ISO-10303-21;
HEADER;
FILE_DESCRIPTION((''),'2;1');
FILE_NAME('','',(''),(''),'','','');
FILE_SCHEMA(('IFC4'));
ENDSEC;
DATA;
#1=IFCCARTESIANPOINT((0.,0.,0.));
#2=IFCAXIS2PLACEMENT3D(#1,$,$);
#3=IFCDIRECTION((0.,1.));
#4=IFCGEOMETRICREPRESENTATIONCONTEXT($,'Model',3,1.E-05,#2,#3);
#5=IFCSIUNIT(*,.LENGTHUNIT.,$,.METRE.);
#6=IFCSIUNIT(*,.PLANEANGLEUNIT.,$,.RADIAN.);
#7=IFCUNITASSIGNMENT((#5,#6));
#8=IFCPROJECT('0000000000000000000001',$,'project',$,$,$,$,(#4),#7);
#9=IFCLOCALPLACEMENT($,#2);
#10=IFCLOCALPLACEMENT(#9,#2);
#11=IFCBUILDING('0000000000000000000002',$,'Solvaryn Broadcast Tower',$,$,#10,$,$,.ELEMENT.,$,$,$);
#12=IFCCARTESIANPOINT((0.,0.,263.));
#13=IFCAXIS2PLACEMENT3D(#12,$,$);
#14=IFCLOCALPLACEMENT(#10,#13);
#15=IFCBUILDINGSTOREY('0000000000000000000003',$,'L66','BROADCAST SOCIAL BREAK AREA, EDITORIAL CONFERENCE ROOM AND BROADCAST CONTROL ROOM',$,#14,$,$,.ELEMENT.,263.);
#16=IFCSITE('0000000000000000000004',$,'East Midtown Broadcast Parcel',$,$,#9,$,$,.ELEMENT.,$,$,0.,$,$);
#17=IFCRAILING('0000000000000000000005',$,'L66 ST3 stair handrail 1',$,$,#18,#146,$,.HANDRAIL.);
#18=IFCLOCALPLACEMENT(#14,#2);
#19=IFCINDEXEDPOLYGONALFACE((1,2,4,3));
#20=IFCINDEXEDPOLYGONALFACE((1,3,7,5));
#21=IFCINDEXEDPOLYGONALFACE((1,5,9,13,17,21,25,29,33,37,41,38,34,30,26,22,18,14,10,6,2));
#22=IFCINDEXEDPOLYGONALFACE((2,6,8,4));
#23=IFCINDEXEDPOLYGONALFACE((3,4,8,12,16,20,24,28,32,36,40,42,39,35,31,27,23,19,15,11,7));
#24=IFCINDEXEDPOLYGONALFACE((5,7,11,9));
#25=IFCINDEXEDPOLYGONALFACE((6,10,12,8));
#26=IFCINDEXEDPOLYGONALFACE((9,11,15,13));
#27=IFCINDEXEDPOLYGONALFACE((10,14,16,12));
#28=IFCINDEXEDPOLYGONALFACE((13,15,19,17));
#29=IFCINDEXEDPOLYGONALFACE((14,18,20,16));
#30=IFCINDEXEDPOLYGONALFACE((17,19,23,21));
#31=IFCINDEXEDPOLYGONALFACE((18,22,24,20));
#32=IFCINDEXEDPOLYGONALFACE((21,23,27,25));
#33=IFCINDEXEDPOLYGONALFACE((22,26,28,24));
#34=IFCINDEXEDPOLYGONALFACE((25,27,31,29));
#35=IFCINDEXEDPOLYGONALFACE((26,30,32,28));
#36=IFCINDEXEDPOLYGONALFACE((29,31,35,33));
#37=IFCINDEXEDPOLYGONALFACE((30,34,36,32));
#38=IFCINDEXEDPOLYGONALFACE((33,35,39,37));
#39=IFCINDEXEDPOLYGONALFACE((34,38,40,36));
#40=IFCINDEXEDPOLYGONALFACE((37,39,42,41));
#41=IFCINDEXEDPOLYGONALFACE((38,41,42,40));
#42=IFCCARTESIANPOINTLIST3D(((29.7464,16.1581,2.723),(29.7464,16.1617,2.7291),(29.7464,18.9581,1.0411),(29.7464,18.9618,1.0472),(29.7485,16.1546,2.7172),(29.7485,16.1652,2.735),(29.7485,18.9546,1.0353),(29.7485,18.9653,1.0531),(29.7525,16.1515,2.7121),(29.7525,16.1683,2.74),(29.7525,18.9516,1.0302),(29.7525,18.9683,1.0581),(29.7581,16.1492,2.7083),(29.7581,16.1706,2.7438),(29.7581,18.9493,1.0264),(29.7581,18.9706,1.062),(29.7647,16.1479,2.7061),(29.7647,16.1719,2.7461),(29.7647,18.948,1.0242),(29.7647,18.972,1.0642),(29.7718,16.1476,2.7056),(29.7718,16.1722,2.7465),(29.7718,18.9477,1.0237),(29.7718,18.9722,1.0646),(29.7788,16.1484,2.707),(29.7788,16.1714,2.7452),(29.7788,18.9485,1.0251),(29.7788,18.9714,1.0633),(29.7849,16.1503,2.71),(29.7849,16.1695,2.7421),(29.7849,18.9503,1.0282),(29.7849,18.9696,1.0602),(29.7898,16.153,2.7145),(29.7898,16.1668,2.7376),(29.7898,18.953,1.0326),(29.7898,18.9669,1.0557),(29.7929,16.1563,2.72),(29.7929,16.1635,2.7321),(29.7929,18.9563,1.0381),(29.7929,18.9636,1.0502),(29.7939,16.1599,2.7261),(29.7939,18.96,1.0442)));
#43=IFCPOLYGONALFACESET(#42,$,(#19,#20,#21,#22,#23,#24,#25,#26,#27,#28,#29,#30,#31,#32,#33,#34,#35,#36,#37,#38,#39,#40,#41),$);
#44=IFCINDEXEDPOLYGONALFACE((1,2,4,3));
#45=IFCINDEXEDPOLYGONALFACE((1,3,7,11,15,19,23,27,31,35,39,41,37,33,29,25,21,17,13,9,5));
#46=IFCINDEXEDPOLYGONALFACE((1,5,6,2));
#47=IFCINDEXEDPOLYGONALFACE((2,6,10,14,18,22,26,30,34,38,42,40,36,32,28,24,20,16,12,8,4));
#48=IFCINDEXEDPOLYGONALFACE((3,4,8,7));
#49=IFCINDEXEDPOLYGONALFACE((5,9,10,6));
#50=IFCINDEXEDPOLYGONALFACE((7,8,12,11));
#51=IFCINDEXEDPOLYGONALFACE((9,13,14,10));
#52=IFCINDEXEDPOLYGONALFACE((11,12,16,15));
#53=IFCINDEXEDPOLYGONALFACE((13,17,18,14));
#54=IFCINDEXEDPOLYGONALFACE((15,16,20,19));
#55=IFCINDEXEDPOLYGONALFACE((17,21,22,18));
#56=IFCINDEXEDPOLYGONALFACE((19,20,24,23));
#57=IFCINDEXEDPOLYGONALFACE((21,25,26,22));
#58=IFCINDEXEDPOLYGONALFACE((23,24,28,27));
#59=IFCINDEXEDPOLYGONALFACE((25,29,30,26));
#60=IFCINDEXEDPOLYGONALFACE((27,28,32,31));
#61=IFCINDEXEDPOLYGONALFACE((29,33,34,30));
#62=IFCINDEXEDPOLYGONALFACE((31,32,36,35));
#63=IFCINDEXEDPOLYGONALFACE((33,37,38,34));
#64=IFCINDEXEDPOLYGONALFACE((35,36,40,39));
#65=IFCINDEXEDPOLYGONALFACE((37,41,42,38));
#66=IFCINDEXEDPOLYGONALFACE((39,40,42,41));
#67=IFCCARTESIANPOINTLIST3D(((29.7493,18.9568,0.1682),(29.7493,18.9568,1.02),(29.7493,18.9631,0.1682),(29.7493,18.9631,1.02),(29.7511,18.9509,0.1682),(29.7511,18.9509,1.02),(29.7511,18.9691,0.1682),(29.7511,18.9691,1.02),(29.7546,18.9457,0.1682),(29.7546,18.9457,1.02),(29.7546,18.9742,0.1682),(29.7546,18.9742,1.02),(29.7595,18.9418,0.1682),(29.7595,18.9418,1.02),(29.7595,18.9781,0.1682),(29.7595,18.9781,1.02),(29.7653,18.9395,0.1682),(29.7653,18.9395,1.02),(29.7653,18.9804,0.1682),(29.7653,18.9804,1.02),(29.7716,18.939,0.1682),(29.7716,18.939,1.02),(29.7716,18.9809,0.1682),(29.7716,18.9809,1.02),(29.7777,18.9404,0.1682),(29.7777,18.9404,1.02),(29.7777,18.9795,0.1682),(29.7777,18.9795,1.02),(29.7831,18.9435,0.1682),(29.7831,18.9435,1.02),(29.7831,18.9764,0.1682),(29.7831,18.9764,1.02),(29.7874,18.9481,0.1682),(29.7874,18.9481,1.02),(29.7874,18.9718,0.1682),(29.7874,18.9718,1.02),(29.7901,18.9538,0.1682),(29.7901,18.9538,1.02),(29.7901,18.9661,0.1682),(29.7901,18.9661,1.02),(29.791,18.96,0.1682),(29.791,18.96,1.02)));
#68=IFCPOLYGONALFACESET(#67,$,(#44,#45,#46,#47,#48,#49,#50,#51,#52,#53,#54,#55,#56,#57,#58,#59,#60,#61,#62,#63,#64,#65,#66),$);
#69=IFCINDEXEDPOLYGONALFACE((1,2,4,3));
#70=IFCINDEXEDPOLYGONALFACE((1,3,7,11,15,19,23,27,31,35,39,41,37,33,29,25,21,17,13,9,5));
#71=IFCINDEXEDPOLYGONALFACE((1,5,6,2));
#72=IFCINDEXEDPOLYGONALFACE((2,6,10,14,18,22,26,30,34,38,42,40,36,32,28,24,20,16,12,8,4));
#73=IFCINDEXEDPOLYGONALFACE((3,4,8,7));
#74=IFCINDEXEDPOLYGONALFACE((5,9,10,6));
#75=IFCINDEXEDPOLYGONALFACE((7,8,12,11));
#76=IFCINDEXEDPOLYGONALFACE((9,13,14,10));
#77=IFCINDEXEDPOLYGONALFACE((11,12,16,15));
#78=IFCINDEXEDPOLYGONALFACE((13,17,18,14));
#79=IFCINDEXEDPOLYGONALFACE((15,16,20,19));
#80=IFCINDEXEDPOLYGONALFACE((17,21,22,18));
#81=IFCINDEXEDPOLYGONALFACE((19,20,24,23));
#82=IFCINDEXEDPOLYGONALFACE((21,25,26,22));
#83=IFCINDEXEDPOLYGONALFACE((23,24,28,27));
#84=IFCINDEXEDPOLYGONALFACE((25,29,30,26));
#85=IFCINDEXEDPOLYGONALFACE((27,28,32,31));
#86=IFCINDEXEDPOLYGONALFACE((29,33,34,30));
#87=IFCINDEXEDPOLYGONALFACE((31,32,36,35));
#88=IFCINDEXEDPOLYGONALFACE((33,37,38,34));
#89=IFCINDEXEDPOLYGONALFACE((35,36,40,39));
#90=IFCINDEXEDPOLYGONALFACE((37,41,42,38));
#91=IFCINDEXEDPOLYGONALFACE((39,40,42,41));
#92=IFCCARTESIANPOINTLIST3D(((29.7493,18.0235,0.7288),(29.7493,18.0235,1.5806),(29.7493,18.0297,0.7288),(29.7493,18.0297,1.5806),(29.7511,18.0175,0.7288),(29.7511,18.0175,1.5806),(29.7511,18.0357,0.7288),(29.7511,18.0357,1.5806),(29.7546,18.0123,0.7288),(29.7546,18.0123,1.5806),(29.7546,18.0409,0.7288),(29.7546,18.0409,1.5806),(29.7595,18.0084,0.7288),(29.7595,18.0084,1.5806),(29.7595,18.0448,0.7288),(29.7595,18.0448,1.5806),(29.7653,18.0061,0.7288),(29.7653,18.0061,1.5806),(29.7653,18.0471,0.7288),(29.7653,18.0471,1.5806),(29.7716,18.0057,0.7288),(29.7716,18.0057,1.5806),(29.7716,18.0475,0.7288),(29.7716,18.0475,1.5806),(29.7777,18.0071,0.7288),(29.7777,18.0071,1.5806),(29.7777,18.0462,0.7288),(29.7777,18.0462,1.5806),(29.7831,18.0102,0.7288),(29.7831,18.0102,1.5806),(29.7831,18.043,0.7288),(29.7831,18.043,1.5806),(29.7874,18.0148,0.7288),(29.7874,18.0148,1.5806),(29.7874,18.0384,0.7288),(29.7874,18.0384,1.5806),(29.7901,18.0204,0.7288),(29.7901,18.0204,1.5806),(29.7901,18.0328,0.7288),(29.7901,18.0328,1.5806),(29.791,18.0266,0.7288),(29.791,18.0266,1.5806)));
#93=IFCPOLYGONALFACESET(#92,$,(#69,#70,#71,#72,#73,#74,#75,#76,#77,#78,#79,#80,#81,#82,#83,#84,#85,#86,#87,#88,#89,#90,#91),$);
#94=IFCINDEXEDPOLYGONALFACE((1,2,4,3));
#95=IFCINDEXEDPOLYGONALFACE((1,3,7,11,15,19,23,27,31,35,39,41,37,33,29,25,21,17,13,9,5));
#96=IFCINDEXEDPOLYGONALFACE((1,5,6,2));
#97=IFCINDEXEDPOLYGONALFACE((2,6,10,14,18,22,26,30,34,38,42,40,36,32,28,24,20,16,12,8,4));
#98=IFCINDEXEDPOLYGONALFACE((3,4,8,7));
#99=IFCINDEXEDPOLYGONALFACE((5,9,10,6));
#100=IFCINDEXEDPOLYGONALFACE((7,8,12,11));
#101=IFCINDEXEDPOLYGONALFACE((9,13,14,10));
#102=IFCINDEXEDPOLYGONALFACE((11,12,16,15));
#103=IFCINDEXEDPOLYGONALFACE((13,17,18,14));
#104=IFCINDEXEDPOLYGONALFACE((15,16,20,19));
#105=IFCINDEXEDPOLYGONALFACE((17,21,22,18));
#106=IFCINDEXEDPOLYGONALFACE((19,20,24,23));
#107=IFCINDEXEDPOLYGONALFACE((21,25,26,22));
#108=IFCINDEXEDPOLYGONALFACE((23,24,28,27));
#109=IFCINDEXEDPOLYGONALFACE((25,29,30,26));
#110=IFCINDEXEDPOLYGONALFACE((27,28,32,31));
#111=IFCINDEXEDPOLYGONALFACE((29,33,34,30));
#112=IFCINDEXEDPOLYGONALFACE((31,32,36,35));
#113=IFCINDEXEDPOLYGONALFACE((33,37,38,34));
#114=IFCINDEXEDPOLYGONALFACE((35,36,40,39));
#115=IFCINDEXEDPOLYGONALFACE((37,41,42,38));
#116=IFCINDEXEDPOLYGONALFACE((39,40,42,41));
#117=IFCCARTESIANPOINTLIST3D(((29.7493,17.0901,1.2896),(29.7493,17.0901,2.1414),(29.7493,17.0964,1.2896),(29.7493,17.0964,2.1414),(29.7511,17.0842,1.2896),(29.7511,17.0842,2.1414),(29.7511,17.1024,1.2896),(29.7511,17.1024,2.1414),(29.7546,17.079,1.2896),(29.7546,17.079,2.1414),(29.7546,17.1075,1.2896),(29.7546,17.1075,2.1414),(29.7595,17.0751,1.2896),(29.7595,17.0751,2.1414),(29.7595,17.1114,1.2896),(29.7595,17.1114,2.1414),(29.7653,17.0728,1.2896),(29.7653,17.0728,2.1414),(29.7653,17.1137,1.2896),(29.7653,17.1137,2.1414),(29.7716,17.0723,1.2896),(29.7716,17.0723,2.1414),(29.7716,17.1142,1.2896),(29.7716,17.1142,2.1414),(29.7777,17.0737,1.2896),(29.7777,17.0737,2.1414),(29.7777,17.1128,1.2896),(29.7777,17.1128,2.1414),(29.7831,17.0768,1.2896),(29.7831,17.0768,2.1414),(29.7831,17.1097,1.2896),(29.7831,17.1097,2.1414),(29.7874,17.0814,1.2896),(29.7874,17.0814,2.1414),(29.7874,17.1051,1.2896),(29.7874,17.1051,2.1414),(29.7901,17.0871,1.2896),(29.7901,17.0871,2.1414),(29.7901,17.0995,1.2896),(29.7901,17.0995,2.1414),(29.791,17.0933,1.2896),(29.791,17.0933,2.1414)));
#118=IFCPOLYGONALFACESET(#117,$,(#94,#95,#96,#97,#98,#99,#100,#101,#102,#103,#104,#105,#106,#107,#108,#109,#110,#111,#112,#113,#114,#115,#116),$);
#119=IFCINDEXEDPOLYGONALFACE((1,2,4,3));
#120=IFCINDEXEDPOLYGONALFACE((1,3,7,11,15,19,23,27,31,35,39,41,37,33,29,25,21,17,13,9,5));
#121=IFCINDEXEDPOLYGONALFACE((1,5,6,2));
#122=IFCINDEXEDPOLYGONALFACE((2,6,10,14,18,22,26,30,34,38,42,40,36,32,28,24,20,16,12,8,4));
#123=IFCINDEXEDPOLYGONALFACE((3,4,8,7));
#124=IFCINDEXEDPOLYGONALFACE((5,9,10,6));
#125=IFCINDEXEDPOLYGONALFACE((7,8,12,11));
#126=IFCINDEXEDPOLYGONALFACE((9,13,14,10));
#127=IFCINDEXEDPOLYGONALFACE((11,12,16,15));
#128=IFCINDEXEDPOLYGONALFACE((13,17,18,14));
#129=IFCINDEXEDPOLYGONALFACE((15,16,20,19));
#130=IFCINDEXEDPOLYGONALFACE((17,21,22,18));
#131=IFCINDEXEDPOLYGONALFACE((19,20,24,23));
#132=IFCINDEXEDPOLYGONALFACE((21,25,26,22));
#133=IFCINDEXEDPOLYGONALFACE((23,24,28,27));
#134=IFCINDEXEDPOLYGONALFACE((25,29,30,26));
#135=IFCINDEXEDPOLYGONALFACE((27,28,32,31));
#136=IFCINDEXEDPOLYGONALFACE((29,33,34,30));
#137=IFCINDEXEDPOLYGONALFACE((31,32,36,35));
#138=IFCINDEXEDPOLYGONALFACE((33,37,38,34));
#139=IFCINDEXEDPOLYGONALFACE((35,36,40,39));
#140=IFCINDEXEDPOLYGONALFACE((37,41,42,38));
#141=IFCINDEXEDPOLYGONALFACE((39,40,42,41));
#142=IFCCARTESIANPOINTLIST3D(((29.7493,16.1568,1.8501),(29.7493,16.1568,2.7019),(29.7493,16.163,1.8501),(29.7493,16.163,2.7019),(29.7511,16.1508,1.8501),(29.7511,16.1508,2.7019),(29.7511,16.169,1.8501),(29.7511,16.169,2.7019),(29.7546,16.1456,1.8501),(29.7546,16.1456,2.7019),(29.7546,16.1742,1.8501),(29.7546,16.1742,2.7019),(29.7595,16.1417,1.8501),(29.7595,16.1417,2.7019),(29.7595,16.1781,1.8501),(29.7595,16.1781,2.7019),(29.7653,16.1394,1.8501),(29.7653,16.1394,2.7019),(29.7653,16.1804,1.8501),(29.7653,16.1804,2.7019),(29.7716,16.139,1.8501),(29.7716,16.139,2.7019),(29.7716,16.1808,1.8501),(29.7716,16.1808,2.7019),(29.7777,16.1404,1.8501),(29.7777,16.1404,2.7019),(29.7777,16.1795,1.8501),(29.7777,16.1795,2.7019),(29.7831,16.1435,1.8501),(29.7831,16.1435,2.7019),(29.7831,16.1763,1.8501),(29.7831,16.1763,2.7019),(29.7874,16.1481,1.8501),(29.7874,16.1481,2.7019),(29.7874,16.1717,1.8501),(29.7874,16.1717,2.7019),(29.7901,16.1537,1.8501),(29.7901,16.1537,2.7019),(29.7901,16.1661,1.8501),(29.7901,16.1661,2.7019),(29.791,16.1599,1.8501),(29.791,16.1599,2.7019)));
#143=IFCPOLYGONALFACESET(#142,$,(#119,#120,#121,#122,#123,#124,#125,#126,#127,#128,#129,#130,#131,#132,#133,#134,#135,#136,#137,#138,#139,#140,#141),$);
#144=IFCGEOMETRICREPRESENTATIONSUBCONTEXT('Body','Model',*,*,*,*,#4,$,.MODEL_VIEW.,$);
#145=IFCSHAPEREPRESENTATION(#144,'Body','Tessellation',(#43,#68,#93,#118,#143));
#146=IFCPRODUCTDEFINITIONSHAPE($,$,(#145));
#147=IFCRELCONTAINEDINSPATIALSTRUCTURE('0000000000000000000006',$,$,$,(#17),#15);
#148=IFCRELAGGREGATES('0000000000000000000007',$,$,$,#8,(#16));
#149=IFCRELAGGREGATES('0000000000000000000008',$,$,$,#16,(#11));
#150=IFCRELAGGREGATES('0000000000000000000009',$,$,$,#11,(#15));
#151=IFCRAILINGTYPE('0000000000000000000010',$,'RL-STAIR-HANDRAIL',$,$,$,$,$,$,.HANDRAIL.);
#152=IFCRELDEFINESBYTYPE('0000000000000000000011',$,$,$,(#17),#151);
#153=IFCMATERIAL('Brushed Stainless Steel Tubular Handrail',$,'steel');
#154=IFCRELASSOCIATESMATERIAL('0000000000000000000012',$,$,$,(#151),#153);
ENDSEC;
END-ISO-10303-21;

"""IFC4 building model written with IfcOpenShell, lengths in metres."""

from ifc_helpers import new_model, si_unit, direction, frame, origin, origin_2d, place, context, subcontext, project, spatial, circle, extrude, material, type_object, element, save


model = new_model("IFC4")

# Units and contexts
model_context = context("Model", 3, precision=1e-05, world=origin(), true_north=direction((0.0, 1.0)))
body_context = subcontext(model_context, "Body", "Model", "MODEL_VIEW")
ifc_project = project(units=[si_unit("LENGTHUNIT", "METRE"), si_unit("PLANEANGLEUNIT", "RADIAN")], contexts=[model_context])

# Site, building, storey
site_placement = place(None, origin())
site = spatial("IfcSite", under=ifc_project, at=site_placement, Name="East Midtown Broadcast Parcel", CompositionType="ELEMENT", RefElevation=0.0)
building_placement = place(site_placement, origin())
building = spatial("IfcBuilding", under=site, at=building_placement, Name="Solvaryn Broadcast Tower", CompositionType="ELEMENT")
storey_placement = place(building_placement, frame((0.0, 0.0, 263.0)))
storey = spatial("IfcBuildingStorey", under=building, at=storey_placement, Name="L66", Description="BROADCAST SOCIAL BREAK AREA, EDITORIAL CONFERENCE ROOM AND BROADCAST CONTROL ROOM", CompositionType="ELEMENT", Elevation=263.0)

# Railing
ifc_material_1 = material(Name="Brushed Stainless Steel Tubular Handrail", Category="steel")
railing_type_1 = type_object("IfcRailingType", Name="RL-STAIR-HANDRAIL", PredefinedType="HANDRAIL", material=ifc_material_1)
railing_1_placement = place(storey_placement, frame((29.77, 18.96, 0.1682)))
element("IfcRailing", 1, at=railing_1_placement, inside=storey, type_object=railing_type_1, Name="L66 ST3 stair handrail 1", PredefinedType="HANDRAIL", context=body_context, shape_type="SweptSolid", body=[
    extrude(circle(Radius=0.0239, at=origin_2d()), frame((0.0, 0.0, 0.876), z_axis=(0.0, -0.857242, 0.514913), x_axis=(1.0, 0.0, 0.0)), (0.0, 0.0, 1.0), 3.2664),
    extrude(circle(Radius=0.021, at=origin_2d()), origin(), (0.0, 0.0, 1.0), 0.8518),
    extrude(circle(Radius=0.021, at=origin_2d()), frame((0.0, -0.9333, 0.5605)), (0.0, 0.0, 1.0), 0.8518),
    extrude(circle(Radius=0.021, at=origin_2d()), frame((0.0, -1.8667, 1.1213)), (0.0, 0.0, 1.0), 0.8518),
    extrude(circle(Radius=0.021, at=origin_2d()), frame((0.0, -2.8, 1.6819)), (0.0, 0.0, 1.0), 0.8518),
])

save(model, "model.ifc")
